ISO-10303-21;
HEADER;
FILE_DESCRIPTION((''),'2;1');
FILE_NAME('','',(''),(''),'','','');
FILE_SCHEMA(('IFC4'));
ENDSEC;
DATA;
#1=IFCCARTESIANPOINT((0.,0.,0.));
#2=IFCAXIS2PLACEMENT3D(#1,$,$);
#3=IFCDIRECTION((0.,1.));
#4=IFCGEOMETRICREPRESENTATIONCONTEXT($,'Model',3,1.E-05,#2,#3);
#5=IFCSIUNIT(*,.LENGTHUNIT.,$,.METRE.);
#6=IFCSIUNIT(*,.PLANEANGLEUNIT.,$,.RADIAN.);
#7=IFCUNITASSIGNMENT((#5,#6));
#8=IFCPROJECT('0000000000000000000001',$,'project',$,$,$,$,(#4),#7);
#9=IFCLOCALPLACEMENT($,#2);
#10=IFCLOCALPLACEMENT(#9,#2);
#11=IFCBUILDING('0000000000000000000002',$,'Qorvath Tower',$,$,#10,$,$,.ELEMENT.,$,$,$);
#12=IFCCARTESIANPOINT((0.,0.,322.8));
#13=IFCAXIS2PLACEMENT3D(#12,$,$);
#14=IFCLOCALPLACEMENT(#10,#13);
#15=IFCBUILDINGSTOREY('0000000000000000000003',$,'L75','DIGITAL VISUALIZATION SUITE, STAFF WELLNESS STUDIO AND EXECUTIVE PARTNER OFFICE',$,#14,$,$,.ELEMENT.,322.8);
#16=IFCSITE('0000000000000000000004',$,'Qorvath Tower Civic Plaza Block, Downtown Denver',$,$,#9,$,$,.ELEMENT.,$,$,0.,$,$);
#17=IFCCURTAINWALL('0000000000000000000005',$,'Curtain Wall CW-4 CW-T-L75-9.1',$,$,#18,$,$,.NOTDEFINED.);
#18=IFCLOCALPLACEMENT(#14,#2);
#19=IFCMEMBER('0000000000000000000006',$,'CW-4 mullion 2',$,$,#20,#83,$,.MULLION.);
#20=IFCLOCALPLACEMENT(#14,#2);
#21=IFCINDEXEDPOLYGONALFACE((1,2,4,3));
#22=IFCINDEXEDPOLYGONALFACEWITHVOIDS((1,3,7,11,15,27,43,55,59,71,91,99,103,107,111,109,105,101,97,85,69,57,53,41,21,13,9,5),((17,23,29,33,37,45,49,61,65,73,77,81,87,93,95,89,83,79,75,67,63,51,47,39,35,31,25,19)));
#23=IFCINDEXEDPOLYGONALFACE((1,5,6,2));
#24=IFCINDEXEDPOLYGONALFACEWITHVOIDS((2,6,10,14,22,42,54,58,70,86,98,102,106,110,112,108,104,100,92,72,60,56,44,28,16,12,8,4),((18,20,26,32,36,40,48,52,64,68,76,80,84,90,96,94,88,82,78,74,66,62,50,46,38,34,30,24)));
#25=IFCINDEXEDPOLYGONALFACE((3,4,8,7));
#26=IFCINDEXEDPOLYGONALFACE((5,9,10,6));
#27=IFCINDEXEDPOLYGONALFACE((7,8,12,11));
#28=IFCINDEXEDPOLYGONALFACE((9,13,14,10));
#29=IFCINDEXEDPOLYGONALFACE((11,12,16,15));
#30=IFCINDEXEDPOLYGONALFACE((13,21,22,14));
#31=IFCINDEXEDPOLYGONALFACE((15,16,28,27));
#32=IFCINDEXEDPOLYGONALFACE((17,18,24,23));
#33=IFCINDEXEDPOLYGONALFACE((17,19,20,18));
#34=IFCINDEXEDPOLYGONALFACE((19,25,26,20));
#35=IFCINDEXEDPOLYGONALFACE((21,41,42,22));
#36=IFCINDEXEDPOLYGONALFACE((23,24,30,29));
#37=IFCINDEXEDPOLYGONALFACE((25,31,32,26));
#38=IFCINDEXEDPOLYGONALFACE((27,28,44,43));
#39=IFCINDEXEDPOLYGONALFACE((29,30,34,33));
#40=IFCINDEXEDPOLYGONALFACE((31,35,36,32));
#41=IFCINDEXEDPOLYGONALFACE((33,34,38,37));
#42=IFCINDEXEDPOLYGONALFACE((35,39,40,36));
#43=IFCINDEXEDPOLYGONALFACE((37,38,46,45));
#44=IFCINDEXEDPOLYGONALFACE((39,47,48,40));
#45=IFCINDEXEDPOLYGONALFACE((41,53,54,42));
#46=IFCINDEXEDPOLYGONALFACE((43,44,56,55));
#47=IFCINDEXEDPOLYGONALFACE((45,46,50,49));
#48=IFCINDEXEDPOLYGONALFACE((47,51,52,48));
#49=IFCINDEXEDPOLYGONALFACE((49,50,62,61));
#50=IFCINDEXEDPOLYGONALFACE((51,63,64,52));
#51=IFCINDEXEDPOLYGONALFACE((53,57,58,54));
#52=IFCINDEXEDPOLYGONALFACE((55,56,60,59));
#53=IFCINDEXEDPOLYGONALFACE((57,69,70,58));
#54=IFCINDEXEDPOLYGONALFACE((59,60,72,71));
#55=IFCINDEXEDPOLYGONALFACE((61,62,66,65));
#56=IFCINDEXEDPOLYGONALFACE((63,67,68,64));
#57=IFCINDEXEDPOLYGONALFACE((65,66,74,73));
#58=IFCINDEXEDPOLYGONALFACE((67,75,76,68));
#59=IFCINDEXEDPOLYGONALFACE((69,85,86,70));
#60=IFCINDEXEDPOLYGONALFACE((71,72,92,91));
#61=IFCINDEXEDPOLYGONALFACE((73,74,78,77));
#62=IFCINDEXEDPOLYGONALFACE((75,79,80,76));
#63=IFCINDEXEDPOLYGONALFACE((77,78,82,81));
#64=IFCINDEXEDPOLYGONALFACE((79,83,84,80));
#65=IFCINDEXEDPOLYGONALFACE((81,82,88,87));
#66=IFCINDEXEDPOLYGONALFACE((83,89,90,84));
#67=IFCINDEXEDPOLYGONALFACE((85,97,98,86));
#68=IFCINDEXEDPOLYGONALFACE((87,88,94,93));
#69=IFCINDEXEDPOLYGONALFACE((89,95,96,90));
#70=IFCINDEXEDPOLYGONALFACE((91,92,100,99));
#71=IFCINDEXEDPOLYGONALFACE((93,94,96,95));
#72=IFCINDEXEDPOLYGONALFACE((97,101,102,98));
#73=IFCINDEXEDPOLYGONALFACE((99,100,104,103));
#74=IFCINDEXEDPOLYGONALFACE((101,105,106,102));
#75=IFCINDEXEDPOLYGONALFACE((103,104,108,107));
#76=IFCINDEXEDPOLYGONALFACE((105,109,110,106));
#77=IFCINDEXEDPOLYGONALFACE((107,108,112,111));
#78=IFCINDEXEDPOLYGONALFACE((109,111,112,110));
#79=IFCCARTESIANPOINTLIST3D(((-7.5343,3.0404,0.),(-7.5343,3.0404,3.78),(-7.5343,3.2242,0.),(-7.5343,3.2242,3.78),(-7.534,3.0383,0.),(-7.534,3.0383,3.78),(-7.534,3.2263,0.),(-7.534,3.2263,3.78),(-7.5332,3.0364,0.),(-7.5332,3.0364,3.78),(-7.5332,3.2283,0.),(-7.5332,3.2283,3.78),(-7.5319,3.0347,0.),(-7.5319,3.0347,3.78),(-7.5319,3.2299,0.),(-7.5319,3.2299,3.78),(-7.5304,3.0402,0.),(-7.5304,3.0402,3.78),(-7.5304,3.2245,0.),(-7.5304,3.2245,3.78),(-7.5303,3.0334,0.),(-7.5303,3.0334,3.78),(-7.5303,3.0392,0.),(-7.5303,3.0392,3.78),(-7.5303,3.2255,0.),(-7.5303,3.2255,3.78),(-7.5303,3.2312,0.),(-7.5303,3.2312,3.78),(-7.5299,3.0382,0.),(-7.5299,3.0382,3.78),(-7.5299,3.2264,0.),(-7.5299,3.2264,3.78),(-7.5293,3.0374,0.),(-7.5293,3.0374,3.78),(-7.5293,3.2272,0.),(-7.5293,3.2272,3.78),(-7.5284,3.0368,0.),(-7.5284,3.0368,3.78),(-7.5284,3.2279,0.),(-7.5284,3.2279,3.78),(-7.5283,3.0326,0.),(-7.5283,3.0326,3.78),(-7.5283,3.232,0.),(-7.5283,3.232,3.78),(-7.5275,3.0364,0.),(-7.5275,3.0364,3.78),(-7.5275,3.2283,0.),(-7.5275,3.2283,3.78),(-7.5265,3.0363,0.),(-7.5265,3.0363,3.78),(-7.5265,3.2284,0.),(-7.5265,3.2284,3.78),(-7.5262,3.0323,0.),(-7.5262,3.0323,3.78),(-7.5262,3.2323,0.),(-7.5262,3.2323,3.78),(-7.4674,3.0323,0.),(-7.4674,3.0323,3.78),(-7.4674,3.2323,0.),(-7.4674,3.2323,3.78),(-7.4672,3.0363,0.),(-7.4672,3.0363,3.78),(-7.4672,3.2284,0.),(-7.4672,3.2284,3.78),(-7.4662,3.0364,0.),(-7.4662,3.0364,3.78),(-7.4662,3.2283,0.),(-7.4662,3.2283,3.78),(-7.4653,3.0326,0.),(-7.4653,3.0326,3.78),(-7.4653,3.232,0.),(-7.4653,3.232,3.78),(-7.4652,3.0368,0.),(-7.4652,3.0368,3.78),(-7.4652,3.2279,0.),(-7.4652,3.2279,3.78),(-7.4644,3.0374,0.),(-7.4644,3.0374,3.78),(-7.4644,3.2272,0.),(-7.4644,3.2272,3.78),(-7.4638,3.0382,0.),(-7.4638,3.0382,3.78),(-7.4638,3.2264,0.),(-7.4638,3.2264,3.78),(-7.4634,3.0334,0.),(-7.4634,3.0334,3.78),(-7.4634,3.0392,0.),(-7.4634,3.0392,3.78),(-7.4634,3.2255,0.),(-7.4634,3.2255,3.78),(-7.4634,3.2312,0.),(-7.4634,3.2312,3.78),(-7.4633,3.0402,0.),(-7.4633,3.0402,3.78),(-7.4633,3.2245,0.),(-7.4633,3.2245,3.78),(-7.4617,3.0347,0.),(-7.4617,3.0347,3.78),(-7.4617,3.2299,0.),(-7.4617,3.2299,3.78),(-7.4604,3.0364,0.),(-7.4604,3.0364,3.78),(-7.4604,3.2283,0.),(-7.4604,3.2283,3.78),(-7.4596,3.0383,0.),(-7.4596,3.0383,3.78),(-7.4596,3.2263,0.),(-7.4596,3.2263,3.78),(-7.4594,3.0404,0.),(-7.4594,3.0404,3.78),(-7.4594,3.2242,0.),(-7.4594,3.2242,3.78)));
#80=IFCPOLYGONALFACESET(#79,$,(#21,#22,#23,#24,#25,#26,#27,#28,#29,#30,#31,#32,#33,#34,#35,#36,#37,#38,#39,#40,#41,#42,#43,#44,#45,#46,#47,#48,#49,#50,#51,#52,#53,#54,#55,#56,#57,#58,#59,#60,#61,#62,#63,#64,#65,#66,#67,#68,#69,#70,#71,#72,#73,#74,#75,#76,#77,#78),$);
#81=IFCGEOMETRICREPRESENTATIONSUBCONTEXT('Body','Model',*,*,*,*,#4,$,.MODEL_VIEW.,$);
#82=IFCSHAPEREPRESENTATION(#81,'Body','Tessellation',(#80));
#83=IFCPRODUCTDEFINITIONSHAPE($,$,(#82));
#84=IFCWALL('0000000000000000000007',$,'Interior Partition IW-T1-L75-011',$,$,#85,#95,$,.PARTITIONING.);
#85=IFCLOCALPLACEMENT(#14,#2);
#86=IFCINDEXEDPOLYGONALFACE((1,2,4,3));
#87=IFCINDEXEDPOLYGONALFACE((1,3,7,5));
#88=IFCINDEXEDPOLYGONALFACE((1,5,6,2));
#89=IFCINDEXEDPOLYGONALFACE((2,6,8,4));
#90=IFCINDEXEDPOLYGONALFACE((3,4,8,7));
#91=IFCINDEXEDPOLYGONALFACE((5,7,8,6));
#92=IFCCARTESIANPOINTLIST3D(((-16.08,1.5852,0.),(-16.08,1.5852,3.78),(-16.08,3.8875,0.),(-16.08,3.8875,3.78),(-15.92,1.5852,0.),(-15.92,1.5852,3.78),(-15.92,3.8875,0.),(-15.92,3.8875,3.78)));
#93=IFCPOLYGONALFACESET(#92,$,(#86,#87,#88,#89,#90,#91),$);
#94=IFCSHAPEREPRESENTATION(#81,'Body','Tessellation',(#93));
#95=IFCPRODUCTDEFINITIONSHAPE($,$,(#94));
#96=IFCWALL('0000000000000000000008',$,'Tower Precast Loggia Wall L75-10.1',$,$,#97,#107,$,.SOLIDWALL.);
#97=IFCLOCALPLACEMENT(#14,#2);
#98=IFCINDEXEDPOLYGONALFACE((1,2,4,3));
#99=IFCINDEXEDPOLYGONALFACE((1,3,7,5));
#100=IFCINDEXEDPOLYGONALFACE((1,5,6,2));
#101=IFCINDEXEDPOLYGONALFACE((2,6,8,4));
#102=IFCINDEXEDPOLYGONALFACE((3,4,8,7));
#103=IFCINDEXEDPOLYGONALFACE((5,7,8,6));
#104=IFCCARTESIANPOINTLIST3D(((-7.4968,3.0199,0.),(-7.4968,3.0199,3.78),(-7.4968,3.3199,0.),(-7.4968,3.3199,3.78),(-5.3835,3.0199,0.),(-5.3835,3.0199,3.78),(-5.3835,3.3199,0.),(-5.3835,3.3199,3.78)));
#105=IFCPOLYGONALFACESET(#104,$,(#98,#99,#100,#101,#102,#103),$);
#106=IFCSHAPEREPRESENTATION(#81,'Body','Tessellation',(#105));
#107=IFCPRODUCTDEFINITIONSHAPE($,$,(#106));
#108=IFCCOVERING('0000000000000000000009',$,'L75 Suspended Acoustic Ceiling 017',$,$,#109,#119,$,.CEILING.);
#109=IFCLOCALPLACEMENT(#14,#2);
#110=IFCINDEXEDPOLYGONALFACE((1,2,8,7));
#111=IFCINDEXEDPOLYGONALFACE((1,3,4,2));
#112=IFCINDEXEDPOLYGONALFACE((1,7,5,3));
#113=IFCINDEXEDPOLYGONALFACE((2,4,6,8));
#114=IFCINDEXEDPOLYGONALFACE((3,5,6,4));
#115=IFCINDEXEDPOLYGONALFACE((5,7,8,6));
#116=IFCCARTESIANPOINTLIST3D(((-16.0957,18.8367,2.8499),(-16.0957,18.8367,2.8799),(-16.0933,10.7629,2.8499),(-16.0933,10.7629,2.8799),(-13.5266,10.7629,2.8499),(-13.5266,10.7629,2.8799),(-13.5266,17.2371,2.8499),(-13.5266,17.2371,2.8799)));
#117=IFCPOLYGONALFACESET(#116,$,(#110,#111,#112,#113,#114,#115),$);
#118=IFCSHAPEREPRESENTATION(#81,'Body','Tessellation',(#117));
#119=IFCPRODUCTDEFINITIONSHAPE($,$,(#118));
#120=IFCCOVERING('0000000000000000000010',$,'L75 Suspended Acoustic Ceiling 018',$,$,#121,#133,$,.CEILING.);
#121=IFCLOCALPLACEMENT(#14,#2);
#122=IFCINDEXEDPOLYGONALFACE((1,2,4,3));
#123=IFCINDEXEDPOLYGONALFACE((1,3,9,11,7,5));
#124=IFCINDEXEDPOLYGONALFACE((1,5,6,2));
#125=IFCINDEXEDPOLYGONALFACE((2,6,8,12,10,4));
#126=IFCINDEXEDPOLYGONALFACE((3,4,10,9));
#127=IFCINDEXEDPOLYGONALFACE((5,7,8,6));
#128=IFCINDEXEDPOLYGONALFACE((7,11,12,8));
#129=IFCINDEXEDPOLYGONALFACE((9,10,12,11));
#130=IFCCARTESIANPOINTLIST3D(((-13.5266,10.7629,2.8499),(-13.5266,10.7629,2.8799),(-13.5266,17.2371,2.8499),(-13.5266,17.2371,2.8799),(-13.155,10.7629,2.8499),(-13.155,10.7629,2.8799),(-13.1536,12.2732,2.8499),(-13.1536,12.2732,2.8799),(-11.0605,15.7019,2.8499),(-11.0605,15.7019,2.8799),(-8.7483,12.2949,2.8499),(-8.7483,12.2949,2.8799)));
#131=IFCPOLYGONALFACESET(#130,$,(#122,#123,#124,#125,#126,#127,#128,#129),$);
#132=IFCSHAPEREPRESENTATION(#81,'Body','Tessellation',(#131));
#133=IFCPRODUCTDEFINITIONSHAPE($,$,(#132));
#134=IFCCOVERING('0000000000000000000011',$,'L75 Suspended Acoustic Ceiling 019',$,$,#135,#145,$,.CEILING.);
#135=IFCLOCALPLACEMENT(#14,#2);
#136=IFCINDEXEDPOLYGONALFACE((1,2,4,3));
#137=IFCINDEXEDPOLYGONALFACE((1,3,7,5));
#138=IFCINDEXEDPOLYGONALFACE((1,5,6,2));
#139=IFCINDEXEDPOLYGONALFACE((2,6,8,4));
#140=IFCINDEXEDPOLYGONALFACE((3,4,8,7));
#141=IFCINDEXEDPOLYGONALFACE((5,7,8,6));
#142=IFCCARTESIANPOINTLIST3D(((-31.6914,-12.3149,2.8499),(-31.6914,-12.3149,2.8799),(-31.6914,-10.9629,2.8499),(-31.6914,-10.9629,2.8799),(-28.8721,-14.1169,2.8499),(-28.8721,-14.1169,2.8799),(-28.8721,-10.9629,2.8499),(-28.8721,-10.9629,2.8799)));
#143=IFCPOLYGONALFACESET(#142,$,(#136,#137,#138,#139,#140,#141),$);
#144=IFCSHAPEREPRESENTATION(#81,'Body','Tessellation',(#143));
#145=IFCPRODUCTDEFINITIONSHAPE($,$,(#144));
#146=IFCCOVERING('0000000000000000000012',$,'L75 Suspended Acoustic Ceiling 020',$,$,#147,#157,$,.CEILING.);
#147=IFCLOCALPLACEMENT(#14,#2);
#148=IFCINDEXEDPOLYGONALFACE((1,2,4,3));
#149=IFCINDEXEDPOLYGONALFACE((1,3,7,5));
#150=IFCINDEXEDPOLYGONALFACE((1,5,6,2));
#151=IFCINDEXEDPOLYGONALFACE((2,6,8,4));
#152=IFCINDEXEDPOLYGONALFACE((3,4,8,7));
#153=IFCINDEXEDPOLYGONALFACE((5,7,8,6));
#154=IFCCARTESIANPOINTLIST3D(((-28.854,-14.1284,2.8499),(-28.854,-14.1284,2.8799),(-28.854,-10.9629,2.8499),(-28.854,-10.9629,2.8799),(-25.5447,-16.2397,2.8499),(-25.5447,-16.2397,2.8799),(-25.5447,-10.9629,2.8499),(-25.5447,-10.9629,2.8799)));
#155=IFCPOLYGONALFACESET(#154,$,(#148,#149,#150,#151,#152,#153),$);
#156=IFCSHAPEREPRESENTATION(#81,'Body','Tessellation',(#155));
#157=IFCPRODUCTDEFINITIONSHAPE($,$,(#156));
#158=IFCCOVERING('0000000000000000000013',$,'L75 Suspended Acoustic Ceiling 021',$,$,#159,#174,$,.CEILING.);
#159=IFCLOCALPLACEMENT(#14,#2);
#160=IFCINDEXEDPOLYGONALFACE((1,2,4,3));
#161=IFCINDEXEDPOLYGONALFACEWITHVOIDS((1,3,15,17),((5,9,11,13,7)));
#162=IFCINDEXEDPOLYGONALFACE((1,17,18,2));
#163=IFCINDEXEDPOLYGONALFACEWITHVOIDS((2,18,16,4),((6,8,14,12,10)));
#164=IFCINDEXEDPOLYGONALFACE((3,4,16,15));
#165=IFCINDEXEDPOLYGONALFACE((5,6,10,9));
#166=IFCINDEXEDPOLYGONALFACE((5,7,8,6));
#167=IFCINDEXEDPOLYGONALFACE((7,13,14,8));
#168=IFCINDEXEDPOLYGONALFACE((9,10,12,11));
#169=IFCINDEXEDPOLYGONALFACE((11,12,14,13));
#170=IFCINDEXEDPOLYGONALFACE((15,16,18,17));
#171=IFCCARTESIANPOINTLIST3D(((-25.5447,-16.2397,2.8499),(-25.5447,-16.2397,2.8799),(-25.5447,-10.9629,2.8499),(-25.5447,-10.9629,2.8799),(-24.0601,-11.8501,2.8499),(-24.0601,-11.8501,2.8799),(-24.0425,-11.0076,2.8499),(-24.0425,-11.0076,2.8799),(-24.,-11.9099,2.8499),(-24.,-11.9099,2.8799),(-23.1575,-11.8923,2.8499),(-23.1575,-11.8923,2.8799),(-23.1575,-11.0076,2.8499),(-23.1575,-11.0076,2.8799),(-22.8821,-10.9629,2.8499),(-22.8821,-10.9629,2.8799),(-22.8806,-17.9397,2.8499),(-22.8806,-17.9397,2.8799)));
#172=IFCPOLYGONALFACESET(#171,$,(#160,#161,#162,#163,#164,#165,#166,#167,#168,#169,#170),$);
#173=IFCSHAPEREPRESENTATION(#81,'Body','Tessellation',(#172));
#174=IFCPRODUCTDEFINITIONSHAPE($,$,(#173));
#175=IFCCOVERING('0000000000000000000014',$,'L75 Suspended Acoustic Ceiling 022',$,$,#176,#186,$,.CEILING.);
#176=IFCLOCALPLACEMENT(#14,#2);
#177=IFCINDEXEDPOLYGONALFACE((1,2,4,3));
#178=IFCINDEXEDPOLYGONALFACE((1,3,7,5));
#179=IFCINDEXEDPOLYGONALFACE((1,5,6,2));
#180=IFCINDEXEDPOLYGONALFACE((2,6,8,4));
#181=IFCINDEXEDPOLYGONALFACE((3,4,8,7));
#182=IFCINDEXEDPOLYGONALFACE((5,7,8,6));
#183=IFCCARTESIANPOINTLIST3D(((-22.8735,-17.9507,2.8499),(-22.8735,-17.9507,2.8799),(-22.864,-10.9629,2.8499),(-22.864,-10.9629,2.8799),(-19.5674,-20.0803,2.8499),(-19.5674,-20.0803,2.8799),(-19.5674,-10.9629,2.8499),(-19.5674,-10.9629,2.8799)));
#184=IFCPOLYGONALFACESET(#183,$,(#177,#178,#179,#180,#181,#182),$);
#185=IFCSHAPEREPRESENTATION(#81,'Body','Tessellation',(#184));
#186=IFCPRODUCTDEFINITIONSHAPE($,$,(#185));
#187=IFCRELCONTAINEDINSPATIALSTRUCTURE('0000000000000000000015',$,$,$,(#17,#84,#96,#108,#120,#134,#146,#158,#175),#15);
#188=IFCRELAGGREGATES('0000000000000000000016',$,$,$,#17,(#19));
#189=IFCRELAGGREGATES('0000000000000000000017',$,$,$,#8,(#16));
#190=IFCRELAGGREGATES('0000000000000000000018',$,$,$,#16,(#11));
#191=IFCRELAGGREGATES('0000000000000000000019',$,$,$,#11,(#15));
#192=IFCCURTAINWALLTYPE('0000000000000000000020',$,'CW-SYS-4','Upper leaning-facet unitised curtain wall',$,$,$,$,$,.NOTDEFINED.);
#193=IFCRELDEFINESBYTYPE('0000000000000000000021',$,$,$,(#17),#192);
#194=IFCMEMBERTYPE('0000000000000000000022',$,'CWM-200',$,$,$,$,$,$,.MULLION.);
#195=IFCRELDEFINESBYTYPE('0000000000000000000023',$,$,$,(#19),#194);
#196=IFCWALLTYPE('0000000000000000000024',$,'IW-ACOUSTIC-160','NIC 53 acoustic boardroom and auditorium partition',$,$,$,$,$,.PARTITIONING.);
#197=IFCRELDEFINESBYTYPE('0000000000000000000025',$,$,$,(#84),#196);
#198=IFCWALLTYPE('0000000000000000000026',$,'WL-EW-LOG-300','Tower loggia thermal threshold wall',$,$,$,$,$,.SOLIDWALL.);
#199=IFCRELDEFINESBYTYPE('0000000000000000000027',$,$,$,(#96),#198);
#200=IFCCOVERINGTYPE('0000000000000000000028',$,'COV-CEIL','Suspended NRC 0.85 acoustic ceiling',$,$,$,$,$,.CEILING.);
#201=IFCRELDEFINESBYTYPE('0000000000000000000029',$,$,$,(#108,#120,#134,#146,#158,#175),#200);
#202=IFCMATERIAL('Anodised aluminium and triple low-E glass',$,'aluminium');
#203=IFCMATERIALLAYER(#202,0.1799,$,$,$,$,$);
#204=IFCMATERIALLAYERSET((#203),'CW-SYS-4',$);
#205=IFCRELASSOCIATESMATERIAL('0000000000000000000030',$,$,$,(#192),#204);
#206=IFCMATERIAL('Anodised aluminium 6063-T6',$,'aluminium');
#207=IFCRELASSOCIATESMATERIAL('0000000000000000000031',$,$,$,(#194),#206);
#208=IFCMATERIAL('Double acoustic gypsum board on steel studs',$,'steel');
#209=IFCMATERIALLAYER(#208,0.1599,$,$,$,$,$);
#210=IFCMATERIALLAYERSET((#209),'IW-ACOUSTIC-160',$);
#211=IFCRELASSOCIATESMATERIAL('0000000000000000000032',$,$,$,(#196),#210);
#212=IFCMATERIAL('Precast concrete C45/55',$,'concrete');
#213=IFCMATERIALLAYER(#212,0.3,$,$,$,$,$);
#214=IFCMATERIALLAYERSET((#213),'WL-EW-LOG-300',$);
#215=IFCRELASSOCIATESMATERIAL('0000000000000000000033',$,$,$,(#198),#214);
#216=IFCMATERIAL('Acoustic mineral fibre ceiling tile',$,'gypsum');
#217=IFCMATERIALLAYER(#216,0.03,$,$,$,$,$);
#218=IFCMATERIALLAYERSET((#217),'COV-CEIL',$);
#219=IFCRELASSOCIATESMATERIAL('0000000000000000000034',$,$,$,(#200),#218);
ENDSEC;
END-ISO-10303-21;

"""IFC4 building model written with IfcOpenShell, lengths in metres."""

from ifc_helpers import new_model, si_unit, direction, frame, frame_2d, origin, origin_2d, place, context, subcontext, project, spatial, polyline, rectangle, hollow_rectangle, outline, extrude, material, layer, layer_set, material_profile, profile_set, type_object, element, aggregate, save


model = new_model("IFC4")

# Units and contexts
model_context = context("Model", 3, precision=1e-05, world=origin(), true_north=direction((0.0, 1.0)))
body_context = subcontext(model_context, "Body", "Model", "MODEL_VIEW")
ifc_project = project(units=[si_unit("LENGTHUNIT", "METRE"), si_unit("PLANEANGLEUNIT", "RADIAN")], contexts=[model_context])

# Site, building, storey
site_placement = place(None, origin())
site = spatial("IfcSite", under=ifc_project, at=site_placement, Name="Qorvath Tower Civic Plaza Block, Downtown Denver", CompositionType="ELEMENT", RefElevation=0.0)
building_placement = place(site_placement, origin())
building = spatial("IfcBuilding", under=site, at=building_placement, Name="Qorvath Tower", CompositionType="ELEMENT")
storey_placement = place(building_placement, frame((0.0, 0.0, 322.8)))
storey = spatial("IfcBuildingStorey", under=building, at=storey_placement, Name="L75", Description="DIGITAL VISUALIZATION SUITE, STAFF WELLNESS STUDIO AND EXECUTIVE PARTNER OFFICE", CompositionType="ELEMENT", Elevation=322.8)

# Curtain wall, member
ifc_material_1 = material(Name="Anodised aluminium and triple low-E glass", Category="aluminium")
ifc_layer_1 = layer(ifc_material_1, 0.1799)
ifc_layer_set_1 = layer_set([ifc_layer_1], Name="CW-SYS-4")
curtain_wall_type = type_object("IfcCurtainWallType", Name="CW-SYS-4", Description="Upper leaning-facet unitised curtain wall", PredefinedType="NOTDEFINED", material=ifc_layer_set_1)
curtain_wall_placement = place(storey_placement, origin())
curtain_wall = element("IfcCurtainWall", 1, at=curtain_wall_placement, inside=storey, type_object=curtain_wall_type, Name="Curtain Wall CW-4 CW-T-L75-9.1", PredefinedType="NOTDEFINED")
ifc_material_2 = material(Name="Anodised aluminium 6063-T6", Category="aluminium")
ifc_material_profile = material_profile(ifc_material_2, hollow_rectangle(XDim=0.075, YDim=0.2, WallThickness=0.0039, InnerFilletRadius=0.0039, OuterFilletRadius=0.0081, at=origin_2d()), Name="CWM 200x75")
ifc_profile_set = profile_set([ifc_material_profile], Name="Anodised aluminium 6063-T6")
member_type = type_object("IfcMemberType", Name="CWM-200", PredefinedType="MULLION", material=ifc_profile_set)
member_placement = place(storey_placement, frame((-7.4968, 3.1323, 0.0), z_axis=(0.0, 0.0, 1.0), x_axis=(-1.0, 0.0, 0.0)))
member = element("IfcMember", 2, at=member_placement, type_object=member_type, Name="CW-4 mullion 2", PredefinedType="MULLION", context=body_context, shape_type="SweptSolid", body=[
    extrude(hollow_rectangle(XDim=0.075, YDim=0.2, WallThickness=0.0039, InnerFilletRadius=0.0039, OuterFilletRadius=0.0081, at=origin_2d()), origin(), (0.0, 0.0, 1.0), 3.78),
])
aggregate(curtain_wall, [member])

# Walls
ifc_material_3 = material(Name="Double acoustic gypsum board on steel studs", Category="steel")
ifc_layer_2 = layer(ifc_material_3, 0.1599)
ifc_layer_set_2 = layer_set([ifc_layer_2], Name="IW-ACOUSTIC-160")
wall_type_1 = type_object("IfcWallType", Name="IW-ACOUSTIC-160", Description="NIC 53 acoustic boardroom and auditorium partition", PredefinedType="PARTITIONING", material=ifc_layer_set_2)
wall_1_placement = place(storey_placement, frame((-16.0, 1.5852, 0.0), z_axis=(0.0, 0.0, 1.0), x_axis=(0.0, 1.0, 0.0)))
element("IfcWall", 3, at=wall_1_placement, inside=storey, type_object=wall_type_1, Name="Interior Partition IW-T1-L75-011", PredefinedType="PARTITIONING", context=body_context, shape_type="SweptSolid", body=[
    extrude(rectangle(XDim=2.3022, YDim=0.1599, at=frame_2d((1.1511, 0.0))), origin(), (0.0, 0.0, 1.0), 3.78),
])
ifc_material_4 = material(Name="Precast concrete C45/55", Category="concrete")
ifc_layer_3 = layer(ifc_material_4, 0.3)
ifc_layer_set_3 = layer_set([ifc_layer_3], Name="WL-EW-LOG-300")
wall_type_2 = type_object("IfcWallType", Name="WL-EW-LOG-300", Description="Tower loggia thermal threshold wall", PredefinedType="SOLIDWALL", material=ifc_layer_set_3)
wall_2_placement = place(storey_placement, frame((-7.4968, 3.1699, 0.0), z_axis=(0.0, 0.0, 1.0), x_axis=(1.0, 0.0, 0.0)))
element("IfcWall", 4, at=wall_2_placement, inside=storey, type_object=wall_type_2, Name="Tower Precast Loggia Wall L75-10.1", PredefinedType="SOLIDWALL", context=body_context, shape_type="SweptSolid", body=[
    extrude(rectangle(XDim=2.1133, YDim=0.3, at=frame_2d((1.0566, 0.0))), origin(), (0.0, 0.0, 1.0), 3.78),
])

# Coverings
ifc_material_5 = material(Name="Acoustic mineral fibre ceiling tile", Category="gypsum")
ifc_layer_4 = layer(ifc_material_5, 0.03)
ifc_layer_set_4 = layer_set([ifc_layer_4], Name="COV-CEIL")
covering_type_1 = type_object("IfcCoveringType", Name="COV-CEIL", Description="Suspended NRC 0.85 acoustic ceiling", PredefinedType="CEILING", material=ifc_layer_set_4)
covering_1_placement = place(storey_placement, frame((0.0, 0.0, 2.8499)))
element("IfcCovering", 5, at=covering_1_placement, inside=storey, type_object=covering_type_1, Name="L75 Suspended Acoustic Ceiling 017", PredefinedType="CEILING", context=body_context, shape_type="SweptSolid", body=[
    extrude(outline(polyline([(-13.5266, 10.7629), (-13.5266, 17.2371), (-16.0957, 18.8367), (-16.0933, 10.7629), (-13.5266, 10.7629)])), origin(), (0.0, 0.0, 1.0), 0.03),
])
covering_2_placement = place(storey_placement, frame((0.0, 0.0, 2.8499)))
element("IfcCovering", 6, at=covering_2_placement, inside=storey, type_object=covering_type_1, Name="L75 Suspended Acoustic Ceiling 018", PredefinedType="CEILING", context=body_context, shape_type="SweptSolid", body=[
    extrude(outline(polyline([(-13.1536, 12.2732), (-8.7483, 12.2949), (-11.0605, 15.7019), (-13.5266, 17.2371), (-13.5266, 10.7629), (-13.155, 10.7629), (-13.1536, 12.2732)])), origin(), (0.0, 0.0, 1.0), 0.03),
])
covering_3_placement = place(storey_placement, frame((0.0, 0.0, 2.8499)))
element("IfcCovering", 7, at=covering_3_placement, inside=storey, type_object=covering_type_1, Name="L75 Suspended Acoustic Ceiling 019", PredefinedType="CEILING", context=body_context, shape_type="SweptSolid", body=[
    extrude(outline(polyline([(-31.6914, -12.3149), (-28.8721, -14.1169), (-28.8721, -10.9629), (-31.6914, -10.9629), (-31.6914, -12.3149)])), origin(), (0.0, 0.0, 1.0), 0.03),
])
covering_4_placement = place(storey_placement, frame((0.0, 0.0, 2.8499)))
element("IfcCovering", 8, at=covering_4_placement, inside=storey, type_object=covering_type_1, Name="L75 Suspended Acoustic Ceiling 020", PredefinedType="CEILING", context=body_context, shape_type="SweptSolid", body=[
    extrude(outline(polyline([(-28.854, -14.1284), (-25.5447, -16.2397), (-25.5447, -10.9629), (-28.854, -10.9629), (-28.854, -14.1284)])), origin(), (0.0, 0.0, 1.0), 0.03),
])
covering_5_placement = place(storey_placement, frame((0.0, 0.0, 2.8499)))
element("IfcCovering", 9, at=covering_5_placement, inside=storey, type_object=covering_type_1, Name="L75 Suspended Acoustic Ceiling 021", PredefinedType="CEILING", context=body_context, shape_type="SweptSolid", body=[
    extrude(outline(polyline([(-25.5447, -10.9629), (-25.5447, -16.2397), (-22.8806, -17.9397), (-22.8821, -10.9629), (-25.5447, -10.9629)]), holes=[polyline([(-24.0, -11.9099), (-24.0601, -11.8501), (-24.0425, -11.0076), (-23.1575, -11.0076), (-23.1575, -11.8923), (-24.0, -11.9099)])]), origin(), (0.0, 0.0, 1.0), 0.03),
])
covering_6_placement = place(storey_placement, frame((0.0, 0.0, 2.8499)))
element("IfcCovering", 10, at=covering_6_placement, inside=storey, type_object=covering_type_1, Name="L75 Suspended Acoustic Ceiling 022", PredefinedType="CEILING", context=body_context, shape_type="SweptSolid", body=[
    extrude(outline(polyline([(-22.8735, -17.9507), (-19.5674, -20.0803), (-19.5674, -10.9629), (-22.864, -10.9629), (-22.8735, -17.9507)])), origin(), (0.0, 0.0, 1.0), 0.03),
])

save(model, "model.ifc")
